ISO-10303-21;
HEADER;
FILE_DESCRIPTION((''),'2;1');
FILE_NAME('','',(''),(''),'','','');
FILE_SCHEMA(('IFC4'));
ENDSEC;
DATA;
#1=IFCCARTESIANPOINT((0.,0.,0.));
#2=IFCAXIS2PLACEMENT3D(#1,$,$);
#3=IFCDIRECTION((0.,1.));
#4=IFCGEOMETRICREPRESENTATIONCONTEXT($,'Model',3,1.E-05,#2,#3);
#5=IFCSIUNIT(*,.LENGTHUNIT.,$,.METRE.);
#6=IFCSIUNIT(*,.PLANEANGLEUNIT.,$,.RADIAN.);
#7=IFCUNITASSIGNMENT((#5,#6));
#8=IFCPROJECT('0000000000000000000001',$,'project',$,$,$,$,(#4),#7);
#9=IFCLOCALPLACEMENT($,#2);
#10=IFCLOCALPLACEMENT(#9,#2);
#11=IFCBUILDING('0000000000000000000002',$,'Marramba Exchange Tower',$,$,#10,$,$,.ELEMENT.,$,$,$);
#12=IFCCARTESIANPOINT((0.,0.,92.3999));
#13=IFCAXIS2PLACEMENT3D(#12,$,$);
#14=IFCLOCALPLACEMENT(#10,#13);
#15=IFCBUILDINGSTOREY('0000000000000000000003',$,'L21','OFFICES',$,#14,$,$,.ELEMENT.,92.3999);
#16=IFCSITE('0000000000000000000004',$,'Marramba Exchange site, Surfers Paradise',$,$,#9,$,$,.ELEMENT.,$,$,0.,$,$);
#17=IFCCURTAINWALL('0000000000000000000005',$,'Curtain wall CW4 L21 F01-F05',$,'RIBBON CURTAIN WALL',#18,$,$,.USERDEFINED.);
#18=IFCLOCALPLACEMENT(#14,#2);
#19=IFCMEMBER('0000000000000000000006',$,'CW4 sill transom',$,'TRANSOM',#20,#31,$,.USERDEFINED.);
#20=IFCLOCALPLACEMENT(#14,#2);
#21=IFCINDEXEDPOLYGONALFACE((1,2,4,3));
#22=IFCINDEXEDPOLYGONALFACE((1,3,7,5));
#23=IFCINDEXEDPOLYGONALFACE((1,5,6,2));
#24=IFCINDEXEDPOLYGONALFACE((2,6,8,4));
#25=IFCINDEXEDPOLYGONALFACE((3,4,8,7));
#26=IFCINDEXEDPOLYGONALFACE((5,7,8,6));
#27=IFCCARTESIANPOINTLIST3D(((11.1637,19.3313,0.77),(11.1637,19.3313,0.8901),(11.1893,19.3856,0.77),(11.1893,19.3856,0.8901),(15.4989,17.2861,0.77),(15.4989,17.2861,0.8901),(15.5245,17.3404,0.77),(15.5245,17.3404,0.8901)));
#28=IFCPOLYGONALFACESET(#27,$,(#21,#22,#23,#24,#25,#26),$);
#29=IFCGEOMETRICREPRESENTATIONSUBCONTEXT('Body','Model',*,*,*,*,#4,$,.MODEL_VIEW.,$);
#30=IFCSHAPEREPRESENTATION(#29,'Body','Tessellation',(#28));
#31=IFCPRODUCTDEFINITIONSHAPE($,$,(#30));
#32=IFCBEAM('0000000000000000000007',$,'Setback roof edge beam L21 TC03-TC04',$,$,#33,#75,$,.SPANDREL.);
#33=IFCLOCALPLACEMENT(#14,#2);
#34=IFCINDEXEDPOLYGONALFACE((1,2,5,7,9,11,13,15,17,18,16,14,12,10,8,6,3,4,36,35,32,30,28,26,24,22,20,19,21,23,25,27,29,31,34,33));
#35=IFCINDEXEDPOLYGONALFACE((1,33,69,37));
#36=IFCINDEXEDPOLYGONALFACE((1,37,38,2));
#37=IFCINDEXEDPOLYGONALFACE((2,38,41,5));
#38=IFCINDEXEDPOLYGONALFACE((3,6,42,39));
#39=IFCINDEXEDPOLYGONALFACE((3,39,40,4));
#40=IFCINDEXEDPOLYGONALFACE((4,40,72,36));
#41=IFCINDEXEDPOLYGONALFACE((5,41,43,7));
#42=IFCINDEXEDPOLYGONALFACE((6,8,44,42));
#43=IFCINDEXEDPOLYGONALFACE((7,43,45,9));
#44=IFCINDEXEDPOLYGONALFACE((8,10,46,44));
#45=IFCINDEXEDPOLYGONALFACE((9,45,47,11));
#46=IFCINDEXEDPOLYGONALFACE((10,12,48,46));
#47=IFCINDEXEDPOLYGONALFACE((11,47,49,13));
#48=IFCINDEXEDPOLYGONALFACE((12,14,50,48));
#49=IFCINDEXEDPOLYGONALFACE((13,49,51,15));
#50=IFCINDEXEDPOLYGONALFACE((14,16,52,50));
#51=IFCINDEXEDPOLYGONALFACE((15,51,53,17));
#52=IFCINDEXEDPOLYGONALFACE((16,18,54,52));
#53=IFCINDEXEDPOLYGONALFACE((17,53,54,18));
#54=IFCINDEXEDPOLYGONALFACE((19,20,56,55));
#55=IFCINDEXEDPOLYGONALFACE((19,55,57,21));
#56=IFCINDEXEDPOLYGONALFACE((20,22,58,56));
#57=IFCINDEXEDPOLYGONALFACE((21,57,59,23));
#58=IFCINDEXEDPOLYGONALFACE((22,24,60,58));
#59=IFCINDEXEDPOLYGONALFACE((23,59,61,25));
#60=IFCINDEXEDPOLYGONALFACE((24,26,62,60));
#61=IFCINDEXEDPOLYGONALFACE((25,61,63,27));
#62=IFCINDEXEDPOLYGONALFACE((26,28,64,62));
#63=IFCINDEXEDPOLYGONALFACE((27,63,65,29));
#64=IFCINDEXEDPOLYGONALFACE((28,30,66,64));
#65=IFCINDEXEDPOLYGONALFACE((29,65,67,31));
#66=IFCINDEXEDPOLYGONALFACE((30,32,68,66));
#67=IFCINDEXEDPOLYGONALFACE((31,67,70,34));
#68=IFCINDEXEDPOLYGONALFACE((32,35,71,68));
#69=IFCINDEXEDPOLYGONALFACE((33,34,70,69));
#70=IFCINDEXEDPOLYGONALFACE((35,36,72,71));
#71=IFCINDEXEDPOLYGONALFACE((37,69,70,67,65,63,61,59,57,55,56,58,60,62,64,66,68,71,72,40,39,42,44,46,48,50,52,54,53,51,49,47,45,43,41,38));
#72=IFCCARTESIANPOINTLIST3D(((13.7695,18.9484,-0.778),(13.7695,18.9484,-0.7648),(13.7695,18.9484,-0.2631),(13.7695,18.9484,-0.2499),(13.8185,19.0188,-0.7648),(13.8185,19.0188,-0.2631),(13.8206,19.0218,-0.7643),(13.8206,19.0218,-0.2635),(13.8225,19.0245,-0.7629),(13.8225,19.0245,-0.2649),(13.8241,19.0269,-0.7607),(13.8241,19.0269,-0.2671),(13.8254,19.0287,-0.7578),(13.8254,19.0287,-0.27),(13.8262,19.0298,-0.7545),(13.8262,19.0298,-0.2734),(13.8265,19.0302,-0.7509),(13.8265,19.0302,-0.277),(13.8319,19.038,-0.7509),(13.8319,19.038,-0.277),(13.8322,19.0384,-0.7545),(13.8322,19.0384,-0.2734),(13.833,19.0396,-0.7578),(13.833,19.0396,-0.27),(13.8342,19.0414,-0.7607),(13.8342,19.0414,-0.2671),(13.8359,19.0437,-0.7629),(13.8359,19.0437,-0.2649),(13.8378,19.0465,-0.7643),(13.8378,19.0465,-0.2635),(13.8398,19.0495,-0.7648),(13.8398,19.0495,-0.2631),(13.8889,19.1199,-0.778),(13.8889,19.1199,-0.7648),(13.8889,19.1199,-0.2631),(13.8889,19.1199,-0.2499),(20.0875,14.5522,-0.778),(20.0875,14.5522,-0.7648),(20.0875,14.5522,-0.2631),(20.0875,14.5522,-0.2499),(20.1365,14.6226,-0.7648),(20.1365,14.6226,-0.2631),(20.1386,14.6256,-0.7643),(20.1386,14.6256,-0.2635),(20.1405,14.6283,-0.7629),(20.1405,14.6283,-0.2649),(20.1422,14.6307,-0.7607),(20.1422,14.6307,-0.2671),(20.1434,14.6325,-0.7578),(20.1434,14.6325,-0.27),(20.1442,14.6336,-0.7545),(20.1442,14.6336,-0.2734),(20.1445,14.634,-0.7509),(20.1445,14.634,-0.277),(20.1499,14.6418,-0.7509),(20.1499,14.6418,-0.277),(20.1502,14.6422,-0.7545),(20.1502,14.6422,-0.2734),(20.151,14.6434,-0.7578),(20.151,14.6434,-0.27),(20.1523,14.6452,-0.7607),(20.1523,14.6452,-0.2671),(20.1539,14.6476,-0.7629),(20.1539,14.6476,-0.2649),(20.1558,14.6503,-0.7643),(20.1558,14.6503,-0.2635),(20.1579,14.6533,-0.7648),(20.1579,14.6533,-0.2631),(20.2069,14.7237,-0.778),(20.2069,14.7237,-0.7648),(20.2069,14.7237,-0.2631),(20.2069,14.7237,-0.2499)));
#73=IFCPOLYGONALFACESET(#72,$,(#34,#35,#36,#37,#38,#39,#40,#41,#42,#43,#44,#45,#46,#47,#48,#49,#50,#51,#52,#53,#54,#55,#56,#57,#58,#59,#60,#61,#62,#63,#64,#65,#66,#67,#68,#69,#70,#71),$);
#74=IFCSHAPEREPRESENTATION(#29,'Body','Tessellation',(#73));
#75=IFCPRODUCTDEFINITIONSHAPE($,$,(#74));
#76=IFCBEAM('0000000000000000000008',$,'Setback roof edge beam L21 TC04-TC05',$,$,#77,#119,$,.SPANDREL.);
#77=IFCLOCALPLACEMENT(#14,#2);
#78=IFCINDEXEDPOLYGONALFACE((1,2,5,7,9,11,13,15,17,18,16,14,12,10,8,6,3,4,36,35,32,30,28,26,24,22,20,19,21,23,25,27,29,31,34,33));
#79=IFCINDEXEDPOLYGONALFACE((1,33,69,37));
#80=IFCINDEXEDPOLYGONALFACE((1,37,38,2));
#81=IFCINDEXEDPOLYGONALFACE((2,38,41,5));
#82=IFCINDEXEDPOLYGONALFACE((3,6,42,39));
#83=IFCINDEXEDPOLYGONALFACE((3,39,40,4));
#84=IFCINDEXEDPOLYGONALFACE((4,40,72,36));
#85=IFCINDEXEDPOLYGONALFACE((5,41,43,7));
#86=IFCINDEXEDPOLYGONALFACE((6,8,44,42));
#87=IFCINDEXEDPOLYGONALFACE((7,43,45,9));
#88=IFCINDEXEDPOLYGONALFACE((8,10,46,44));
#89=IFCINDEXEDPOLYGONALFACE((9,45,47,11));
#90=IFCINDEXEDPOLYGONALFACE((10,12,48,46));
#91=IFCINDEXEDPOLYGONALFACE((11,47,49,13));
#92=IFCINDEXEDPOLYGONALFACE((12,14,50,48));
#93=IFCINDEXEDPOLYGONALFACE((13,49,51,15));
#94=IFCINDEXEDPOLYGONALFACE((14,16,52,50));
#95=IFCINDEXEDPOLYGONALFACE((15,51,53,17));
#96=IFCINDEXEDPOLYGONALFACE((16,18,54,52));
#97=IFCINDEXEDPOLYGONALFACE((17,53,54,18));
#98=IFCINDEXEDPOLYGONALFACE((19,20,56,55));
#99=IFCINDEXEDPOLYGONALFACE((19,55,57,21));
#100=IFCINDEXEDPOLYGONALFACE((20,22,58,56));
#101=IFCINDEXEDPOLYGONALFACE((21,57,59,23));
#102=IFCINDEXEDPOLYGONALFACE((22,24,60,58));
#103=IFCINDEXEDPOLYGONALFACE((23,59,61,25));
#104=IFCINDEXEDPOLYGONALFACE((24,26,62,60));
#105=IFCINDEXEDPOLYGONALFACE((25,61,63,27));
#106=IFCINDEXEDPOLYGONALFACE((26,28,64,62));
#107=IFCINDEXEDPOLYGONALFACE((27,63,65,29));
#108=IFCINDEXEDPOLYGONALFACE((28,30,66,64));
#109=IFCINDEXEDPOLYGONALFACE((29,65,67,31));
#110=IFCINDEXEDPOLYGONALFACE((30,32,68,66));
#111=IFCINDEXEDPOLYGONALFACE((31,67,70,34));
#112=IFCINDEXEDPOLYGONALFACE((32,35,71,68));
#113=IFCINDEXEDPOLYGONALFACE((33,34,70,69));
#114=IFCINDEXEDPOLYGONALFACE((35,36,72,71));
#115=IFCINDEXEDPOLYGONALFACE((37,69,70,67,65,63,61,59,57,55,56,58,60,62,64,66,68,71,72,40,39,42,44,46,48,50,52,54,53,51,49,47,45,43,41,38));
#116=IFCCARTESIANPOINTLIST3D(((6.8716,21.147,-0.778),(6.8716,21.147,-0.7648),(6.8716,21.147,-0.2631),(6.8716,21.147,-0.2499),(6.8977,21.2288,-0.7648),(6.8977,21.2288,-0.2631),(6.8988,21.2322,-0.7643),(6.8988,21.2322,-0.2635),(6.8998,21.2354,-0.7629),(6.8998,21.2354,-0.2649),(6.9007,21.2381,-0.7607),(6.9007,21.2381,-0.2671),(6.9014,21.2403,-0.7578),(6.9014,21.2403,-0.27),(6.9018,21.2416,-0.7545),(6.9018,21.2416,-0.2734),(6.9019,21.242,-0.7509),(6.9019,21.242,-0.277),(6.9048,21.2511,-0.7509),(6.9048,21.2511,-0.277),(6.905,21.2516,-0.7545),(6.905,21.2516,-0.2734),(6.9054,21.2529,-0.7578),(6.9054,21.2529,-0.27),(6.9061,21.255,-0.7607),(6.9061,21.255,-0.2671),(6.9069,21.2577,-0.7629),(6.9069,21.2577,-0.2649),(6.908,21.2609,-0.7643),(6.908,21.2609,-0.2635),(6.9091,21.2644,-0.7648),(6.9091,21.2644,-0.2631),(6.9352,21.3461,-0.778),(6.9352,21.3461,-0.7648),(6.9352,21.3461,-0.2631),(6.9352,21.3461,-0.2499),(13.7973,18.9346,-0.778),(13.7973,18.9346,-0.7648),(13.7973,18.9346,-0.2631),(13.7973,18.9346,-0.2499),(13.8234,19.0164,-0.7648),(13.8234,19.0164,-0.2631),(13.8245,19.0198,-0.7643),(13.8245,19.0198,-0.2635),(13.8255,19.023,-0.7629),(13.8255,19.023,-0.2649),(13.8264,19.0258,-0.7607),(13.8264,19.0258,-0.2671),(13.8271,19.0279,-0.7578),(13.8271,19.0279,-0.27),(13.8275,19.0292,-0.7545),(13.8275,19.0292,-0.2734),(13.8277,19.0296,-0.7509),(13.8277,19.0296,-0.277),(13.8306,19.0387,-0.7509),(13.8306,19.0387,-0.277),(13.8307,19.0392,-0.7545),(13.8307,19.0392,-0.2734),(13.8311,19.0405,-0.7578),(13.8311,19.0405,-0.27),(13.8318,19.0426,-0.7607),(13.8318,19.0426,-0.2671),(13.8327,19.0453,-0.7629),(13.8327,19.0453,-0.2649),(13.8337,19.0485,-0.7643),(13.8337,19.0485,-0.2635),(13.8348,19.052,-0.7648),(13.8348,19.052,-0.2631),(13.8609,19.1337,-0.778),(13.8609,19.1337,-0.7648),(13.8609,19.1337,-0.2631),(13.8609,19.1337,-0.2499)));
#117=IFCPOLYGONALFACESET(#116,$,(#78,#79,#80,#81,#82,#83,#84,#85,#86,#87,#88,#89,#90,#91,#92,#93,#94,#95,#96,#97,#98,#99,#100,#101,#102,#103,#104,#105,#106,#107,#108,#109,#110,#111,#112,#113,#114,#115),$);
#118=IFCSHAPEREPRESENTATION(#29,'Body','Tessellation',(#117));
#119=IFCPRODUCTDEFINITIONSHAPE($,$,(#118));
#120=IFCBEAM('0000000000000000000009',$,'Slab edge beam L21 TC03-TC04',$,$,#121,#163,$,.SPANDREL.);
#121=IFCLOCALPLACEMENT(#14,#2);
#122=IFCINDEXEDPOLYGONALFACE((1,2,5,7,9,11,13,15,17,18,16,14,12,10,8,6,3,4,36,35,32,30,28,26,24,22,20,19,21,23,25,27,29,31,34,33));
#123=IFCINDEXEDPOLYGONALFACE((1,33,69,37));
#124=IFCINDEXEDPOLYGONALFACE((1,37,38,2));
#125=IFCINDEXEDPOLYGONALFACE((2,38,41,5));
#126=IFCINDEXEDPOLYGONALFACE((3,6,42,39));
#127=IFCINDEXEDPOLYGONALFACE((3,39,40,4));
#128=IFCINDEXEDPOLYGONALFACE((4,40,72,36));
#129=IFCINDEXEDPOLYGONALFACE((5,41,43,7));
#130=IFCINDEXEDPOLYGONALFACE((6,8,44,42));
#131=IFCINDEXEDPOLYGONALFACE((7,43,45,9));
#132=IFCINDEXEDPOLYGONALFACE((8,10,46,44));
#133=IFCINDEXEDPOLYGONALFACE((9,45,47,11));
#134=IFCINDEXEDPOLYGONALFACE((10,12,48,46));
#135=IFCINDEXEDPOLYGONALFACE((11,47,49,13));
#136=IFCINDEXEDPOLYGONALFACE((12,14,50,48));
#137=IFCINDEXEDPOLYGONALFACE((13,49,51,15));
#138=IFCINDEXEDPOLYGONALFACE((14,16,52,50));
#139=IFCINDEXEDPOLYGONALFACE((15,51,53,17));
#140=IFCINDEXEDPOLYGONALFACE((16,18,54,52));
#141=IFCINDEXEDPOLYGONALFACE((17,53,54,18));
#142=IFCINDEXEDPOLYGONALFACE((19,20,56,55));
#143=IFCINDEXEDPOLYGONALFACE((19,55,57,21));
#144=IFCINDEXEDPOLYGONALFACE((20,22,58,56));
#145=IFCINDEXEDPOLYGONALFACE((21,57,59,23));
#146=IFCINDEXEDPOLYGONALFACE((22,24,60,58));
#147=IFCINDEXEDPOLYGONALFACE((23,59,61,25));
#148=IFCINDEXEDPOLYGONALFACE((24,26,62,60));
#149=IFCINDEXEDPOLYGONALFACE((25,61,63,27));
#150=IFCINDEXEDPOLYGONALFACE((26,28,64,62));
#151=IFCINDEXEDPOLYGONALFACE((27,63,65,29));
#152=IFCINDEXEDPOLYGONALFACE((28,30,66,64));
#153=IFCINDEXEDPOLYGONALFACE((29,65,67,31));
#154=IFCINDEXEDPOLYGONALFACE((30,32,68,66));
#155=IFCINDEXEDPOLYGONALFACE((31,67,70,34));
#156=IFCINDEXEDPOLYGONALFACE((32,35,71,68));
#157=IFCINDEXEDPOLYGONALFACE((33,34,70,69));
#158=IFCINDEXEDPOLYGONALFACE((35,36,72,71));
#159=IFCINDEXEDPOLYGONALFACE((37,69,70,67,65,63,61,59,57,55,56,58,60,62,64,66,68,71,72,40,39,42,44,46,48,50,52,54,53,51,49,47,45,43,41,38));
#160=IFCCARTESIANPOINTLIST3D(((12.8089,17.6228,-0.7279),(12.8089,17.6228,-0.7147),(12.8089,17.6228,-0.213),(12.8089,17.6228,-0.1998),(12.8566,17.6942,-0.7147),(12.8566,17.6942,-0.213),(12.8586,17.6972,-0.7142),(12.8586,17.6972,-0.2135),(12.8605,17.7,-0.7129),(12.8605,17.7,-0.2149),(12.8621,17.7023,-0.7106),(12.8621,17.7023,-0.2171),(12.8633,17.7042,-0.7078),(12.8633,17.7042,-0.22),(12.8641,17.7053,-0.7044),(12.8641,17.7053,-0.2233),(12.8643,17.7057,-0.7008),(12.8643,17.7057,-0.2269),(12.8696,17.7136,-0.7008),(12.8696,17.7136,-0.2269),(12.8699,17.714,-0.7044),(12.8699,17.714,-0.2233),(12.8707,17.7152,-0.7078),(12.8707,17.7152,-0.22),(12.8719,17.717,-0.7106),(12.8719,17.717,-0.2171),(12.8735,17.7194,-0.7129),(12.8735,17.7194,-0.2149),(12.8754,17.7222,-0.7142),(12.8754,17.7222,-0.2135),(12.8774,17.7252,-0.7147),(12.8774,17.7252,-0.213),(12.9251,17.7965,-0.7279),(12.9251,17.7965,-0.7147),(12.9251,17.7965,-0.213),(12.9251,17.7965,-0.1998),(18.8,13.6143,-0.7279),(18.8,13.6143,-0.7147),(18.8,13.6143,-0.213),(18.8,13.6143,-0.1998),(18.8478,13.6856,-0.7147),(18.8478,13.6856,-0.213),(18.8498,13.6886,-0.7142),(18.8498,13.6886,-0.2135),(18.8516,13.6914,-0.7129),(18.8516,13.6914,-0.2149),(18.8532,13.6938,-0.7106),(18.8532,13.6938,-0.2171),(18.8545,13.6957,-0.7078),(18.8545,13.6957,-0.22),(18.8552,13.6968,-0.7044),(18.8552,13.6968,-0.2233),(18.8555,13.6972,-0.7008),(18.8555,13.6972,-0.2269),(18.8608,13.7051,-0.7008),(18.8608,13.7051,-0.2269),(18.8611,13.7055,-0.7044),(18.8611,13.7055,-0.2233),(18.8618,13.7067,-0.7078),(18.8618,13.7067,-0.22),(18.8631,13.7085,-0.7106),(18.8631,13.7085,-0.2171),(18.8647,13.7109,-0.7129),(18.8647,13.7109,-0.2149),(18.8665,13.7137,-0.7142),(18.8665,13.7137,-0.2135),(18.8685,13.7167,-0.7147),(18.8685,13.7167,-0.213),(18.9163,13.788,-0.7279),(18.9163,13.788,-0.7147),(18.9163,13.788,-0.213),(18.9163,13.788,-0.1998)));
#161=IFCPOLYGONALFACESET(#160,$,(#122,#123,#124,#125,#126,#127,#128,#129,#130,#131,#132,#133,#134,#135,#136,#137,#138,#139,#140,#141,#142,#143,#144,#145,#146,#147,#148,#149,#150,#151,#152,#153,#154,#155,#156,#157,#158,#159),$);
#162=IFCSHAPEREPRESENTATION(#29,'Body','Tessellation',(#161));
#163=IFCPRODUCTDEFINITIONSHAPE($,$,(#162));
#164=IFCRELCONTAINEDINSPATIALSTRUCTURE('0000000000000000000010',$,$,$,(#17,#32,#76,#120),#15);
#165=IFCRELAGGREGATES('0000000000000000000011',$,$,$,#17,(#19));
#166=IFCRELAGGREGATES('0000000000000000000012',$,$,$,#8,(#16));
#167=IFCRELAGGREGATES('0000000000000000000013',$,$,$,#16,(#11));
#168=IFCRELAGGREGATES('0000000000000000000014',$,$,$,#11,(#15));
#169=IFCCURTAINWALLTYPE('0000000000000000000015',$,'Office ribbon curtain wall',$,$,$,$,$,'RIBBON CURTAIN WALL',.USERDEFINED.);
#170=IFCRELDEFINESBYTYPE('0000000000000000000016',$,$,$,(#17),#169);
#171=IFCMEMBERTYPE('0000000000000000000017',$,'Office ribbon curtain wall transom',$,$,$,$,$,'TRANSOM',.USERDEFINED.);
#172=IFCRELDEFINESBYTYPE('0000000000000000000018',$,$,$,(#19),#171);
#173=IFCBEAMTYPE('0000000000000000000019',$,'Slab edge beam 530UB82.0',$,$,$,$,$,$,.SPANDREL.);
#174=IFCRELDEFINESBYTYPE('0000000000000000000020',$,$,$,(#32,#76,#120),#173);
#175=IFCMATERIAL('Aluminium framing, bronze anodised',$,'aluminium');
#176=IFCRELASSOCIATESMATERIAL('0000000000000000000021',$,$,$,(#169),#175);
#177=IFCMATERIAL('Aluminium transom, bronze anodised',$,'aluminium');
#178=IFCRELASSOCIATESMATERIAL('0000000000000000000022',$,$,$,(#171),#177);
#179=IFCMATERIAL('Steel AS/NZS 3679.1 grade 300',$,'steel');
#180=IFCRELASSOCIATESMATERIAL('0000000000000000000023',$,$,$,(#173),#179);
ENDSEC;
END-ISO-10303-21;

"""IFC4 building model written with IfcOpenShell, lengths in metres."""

from ifc_helpers import new_model, si_unit, direction, frame, origin, origin_2d, place, context, subcontext, project, spatial, rectangle, i_section, extrude, material, material_profile, profile_set, type_object, element, aggregate, save


model = new_model("IFC4")

# Units and contexts
model_context = context("Model", 3, precision=1e-05, world=origin(), true_north=direction((0.0, 1.0)))
body_context = subcontext(model_context, "Body", "Model", "MODEL_VIEW")
ifc_project = project(units=[si_unit("LENGTHUNIT", "METRE"), si_unit("PLANEANGLEUNIT", "RADIAN")], contexts=[model_context])

# Site, building, storey
site_placement = place(None, origin())
site = spatial("IfcSite", under=ifc_project, at=site_placement, Name="Marramba Exchange site, Surfers Paradise", CompositionType="ELEMENT", RefElevation=0.0)
building_placement = place(site_placement, origin())
building = spatial("IfcBuilding", under=site, at=building_placement, Name="Marramba Exchange Tower", CompositionType="ELEMENT")
storey_placement = place(building_placement, frame((0.0, 0.0, 92.3999)))
storey = spatial("IfcBuildingStorey", under=building, at=storey_placement, Name="L21", Description="OFFICES", CompositionType="ELEMENT", Elevation=92.3999)

# Shared definitions
ifc_material_1 = material(Name="Steel AS/NZS 3679.1 grade 300", Category="steel")

# Curtain wall, member
ifc_material_2 = material(Name="Aluminium framing, bronze anodised", Category="aluminium")
curtain_wall_type = type_object("IfcCurtainWallType", Name="Office ribbon curtain wall", ElementType="RIBBON CURTAIN WALL", PredefinedType="USERDEFINED", material=ifc_material_2)
curtain_wall_placement = place(storey_placement, origin())
curtain_wall = element("IfcCurtainWall", 1, at=curtain_wall_placement, inside=storey, type_object=curtain_wall_type, Name="Curtain wall CW4 L21 F01-F05", ObjectType="RIBBON CURTAIN WALL", PredefinedType="USERDEFINED")
ifc_material_3 = material(Name="Aluminium transom, bronze anodised", Category="aluminium")
ifc_material_profile_1 = material_profile(ifc_material_3, rectangle(XDim=0.0601, YDim=0.1201, at=origin_2d()), Name="CW4 transom 60x120")
ifc_profile_set_1 = profile_set([ifc_material_profile_1], Name="Aluminium transom, bronze anodised")
member_type_1 = type_object("IfcMemberType", Name="Office ribbon curtain wall transom", ElementType="TRANSOM", PredefinedType="USERDEFINED", material=ifc_profile_set_1)
member_1_placement = place(storey_placement, frame((15.5117, 17.3132, 0.8301), z_axis=(-0.904411, 0.426663, 0.0), x_axis=(-0.426663, -0.904411, 0.0)))
member_1 = element("IfcMember", 2, at=member_1_placement, type_object=member_type_1, Name="CW4 sill transom", ObjectType="TRANSOM", PredefinedType="USERDEFINED", context=body_context, shape_type="SweptSolid", body=[
    extrude(rectangle(XDim=0.0601, YDim=0.1201, at=origin_2d()), origin(), (0.0, 0.0, 1.0), 4.7935),
])

# Beams
ifc_material_profile_2 = material_profile(ifc_material_1, i_section(OverallWidth=0.209, OverallDepth=0.5281, WebThickness=0.0095, FlangeThickness=0.0132, FilletRadius=0.0139, at=origin_2d()), Name="530UB82.0")
ifc_profile_set_2 = profile_set([ifc_material_profile_2], Name="Steel AS/NZS 3679.1 grade 300")
beam_type_1 = type_object("IfcBeamType", Name="Slab edge beam 530UB82.0", PredefinedType="SPANDREL", material=ifc_profile_set_2)
beam_1_placement = place(storey_placement, frame((20.1472, 14.6379, -0.5139), z_axis=(-0.820842, 0.571155, 0.0), x_axis=(-0.571155, -0.820842, 0.0)))
element("IfcBeam", 3, at=beam_1_placement, inside=storey, type_object=beam_type_1, Name="Setback roof edge beam L21 TC03-TC04", PredefinedType="SPANDREL", context=body_context, shape_type="SweptSolid", body=[
    extrude(i_section(OverallWidth=0.209, OverallDepth=0.5281, WebThickness=0.0095, FlangeThickness=0.0132, FilletRadius=0.0139, at=origin_2d()), origin(), (0.0, 0.0, 1.0), 7.697),
])
beam_2_placement = place(storey_placement, frame((13.8291, 19.0342, -0.5139), z_axis=(-0.952578, 0.304296, 0.0), x_axis=(-0.304296, -0.952578, 0.0)))
element("IfcBeam", 4, at=beam_2_placement, inside=storey, type_object=beam_type_1, Name="Setback roof edge beam L21 TC04-TC05", PredefinedType="SPANDREL", context=body_context, shape_type="SweptSolid", body=[
    extrude(i_section(OverallWidth=0.209, OverallDepth=0.5281, WebThickness=0.0095, FlangeThickness=0.0132, FilletRadius=0.0139, at=origin_2d()), origin(), (0.0, 0.0, 1.0), 7.2705),
])
beam_3_placement = place(storey_placement, frame((18.8582, 13.7012, -0.4639), z_axis=(-0.831127, 0.556083, 0.0), x_axis=(-0.556083, -0.831127, 0.0)))
element("IfcBeam", 5, at=beam_3_placement, inside=storey, type_object=beam_type_1, Name="Slab edge beam L21 TC03-TC04", PredefinedType="SPANDREL", context=body_context, shape_type="SweptSolid", body=[
    extrude(i_section(OverallWidth=0.209, OverallDepth=0.5281, WebThickness=0.0095, FlangeThickness=0.0132, FilletRadius=0.0139, at=origin_2d()), origin(), (0.0, 0.0, 1.0), 7.2085),
])

aggregate(curtain_wall, [member_1])

save(model, "model.ifc")
